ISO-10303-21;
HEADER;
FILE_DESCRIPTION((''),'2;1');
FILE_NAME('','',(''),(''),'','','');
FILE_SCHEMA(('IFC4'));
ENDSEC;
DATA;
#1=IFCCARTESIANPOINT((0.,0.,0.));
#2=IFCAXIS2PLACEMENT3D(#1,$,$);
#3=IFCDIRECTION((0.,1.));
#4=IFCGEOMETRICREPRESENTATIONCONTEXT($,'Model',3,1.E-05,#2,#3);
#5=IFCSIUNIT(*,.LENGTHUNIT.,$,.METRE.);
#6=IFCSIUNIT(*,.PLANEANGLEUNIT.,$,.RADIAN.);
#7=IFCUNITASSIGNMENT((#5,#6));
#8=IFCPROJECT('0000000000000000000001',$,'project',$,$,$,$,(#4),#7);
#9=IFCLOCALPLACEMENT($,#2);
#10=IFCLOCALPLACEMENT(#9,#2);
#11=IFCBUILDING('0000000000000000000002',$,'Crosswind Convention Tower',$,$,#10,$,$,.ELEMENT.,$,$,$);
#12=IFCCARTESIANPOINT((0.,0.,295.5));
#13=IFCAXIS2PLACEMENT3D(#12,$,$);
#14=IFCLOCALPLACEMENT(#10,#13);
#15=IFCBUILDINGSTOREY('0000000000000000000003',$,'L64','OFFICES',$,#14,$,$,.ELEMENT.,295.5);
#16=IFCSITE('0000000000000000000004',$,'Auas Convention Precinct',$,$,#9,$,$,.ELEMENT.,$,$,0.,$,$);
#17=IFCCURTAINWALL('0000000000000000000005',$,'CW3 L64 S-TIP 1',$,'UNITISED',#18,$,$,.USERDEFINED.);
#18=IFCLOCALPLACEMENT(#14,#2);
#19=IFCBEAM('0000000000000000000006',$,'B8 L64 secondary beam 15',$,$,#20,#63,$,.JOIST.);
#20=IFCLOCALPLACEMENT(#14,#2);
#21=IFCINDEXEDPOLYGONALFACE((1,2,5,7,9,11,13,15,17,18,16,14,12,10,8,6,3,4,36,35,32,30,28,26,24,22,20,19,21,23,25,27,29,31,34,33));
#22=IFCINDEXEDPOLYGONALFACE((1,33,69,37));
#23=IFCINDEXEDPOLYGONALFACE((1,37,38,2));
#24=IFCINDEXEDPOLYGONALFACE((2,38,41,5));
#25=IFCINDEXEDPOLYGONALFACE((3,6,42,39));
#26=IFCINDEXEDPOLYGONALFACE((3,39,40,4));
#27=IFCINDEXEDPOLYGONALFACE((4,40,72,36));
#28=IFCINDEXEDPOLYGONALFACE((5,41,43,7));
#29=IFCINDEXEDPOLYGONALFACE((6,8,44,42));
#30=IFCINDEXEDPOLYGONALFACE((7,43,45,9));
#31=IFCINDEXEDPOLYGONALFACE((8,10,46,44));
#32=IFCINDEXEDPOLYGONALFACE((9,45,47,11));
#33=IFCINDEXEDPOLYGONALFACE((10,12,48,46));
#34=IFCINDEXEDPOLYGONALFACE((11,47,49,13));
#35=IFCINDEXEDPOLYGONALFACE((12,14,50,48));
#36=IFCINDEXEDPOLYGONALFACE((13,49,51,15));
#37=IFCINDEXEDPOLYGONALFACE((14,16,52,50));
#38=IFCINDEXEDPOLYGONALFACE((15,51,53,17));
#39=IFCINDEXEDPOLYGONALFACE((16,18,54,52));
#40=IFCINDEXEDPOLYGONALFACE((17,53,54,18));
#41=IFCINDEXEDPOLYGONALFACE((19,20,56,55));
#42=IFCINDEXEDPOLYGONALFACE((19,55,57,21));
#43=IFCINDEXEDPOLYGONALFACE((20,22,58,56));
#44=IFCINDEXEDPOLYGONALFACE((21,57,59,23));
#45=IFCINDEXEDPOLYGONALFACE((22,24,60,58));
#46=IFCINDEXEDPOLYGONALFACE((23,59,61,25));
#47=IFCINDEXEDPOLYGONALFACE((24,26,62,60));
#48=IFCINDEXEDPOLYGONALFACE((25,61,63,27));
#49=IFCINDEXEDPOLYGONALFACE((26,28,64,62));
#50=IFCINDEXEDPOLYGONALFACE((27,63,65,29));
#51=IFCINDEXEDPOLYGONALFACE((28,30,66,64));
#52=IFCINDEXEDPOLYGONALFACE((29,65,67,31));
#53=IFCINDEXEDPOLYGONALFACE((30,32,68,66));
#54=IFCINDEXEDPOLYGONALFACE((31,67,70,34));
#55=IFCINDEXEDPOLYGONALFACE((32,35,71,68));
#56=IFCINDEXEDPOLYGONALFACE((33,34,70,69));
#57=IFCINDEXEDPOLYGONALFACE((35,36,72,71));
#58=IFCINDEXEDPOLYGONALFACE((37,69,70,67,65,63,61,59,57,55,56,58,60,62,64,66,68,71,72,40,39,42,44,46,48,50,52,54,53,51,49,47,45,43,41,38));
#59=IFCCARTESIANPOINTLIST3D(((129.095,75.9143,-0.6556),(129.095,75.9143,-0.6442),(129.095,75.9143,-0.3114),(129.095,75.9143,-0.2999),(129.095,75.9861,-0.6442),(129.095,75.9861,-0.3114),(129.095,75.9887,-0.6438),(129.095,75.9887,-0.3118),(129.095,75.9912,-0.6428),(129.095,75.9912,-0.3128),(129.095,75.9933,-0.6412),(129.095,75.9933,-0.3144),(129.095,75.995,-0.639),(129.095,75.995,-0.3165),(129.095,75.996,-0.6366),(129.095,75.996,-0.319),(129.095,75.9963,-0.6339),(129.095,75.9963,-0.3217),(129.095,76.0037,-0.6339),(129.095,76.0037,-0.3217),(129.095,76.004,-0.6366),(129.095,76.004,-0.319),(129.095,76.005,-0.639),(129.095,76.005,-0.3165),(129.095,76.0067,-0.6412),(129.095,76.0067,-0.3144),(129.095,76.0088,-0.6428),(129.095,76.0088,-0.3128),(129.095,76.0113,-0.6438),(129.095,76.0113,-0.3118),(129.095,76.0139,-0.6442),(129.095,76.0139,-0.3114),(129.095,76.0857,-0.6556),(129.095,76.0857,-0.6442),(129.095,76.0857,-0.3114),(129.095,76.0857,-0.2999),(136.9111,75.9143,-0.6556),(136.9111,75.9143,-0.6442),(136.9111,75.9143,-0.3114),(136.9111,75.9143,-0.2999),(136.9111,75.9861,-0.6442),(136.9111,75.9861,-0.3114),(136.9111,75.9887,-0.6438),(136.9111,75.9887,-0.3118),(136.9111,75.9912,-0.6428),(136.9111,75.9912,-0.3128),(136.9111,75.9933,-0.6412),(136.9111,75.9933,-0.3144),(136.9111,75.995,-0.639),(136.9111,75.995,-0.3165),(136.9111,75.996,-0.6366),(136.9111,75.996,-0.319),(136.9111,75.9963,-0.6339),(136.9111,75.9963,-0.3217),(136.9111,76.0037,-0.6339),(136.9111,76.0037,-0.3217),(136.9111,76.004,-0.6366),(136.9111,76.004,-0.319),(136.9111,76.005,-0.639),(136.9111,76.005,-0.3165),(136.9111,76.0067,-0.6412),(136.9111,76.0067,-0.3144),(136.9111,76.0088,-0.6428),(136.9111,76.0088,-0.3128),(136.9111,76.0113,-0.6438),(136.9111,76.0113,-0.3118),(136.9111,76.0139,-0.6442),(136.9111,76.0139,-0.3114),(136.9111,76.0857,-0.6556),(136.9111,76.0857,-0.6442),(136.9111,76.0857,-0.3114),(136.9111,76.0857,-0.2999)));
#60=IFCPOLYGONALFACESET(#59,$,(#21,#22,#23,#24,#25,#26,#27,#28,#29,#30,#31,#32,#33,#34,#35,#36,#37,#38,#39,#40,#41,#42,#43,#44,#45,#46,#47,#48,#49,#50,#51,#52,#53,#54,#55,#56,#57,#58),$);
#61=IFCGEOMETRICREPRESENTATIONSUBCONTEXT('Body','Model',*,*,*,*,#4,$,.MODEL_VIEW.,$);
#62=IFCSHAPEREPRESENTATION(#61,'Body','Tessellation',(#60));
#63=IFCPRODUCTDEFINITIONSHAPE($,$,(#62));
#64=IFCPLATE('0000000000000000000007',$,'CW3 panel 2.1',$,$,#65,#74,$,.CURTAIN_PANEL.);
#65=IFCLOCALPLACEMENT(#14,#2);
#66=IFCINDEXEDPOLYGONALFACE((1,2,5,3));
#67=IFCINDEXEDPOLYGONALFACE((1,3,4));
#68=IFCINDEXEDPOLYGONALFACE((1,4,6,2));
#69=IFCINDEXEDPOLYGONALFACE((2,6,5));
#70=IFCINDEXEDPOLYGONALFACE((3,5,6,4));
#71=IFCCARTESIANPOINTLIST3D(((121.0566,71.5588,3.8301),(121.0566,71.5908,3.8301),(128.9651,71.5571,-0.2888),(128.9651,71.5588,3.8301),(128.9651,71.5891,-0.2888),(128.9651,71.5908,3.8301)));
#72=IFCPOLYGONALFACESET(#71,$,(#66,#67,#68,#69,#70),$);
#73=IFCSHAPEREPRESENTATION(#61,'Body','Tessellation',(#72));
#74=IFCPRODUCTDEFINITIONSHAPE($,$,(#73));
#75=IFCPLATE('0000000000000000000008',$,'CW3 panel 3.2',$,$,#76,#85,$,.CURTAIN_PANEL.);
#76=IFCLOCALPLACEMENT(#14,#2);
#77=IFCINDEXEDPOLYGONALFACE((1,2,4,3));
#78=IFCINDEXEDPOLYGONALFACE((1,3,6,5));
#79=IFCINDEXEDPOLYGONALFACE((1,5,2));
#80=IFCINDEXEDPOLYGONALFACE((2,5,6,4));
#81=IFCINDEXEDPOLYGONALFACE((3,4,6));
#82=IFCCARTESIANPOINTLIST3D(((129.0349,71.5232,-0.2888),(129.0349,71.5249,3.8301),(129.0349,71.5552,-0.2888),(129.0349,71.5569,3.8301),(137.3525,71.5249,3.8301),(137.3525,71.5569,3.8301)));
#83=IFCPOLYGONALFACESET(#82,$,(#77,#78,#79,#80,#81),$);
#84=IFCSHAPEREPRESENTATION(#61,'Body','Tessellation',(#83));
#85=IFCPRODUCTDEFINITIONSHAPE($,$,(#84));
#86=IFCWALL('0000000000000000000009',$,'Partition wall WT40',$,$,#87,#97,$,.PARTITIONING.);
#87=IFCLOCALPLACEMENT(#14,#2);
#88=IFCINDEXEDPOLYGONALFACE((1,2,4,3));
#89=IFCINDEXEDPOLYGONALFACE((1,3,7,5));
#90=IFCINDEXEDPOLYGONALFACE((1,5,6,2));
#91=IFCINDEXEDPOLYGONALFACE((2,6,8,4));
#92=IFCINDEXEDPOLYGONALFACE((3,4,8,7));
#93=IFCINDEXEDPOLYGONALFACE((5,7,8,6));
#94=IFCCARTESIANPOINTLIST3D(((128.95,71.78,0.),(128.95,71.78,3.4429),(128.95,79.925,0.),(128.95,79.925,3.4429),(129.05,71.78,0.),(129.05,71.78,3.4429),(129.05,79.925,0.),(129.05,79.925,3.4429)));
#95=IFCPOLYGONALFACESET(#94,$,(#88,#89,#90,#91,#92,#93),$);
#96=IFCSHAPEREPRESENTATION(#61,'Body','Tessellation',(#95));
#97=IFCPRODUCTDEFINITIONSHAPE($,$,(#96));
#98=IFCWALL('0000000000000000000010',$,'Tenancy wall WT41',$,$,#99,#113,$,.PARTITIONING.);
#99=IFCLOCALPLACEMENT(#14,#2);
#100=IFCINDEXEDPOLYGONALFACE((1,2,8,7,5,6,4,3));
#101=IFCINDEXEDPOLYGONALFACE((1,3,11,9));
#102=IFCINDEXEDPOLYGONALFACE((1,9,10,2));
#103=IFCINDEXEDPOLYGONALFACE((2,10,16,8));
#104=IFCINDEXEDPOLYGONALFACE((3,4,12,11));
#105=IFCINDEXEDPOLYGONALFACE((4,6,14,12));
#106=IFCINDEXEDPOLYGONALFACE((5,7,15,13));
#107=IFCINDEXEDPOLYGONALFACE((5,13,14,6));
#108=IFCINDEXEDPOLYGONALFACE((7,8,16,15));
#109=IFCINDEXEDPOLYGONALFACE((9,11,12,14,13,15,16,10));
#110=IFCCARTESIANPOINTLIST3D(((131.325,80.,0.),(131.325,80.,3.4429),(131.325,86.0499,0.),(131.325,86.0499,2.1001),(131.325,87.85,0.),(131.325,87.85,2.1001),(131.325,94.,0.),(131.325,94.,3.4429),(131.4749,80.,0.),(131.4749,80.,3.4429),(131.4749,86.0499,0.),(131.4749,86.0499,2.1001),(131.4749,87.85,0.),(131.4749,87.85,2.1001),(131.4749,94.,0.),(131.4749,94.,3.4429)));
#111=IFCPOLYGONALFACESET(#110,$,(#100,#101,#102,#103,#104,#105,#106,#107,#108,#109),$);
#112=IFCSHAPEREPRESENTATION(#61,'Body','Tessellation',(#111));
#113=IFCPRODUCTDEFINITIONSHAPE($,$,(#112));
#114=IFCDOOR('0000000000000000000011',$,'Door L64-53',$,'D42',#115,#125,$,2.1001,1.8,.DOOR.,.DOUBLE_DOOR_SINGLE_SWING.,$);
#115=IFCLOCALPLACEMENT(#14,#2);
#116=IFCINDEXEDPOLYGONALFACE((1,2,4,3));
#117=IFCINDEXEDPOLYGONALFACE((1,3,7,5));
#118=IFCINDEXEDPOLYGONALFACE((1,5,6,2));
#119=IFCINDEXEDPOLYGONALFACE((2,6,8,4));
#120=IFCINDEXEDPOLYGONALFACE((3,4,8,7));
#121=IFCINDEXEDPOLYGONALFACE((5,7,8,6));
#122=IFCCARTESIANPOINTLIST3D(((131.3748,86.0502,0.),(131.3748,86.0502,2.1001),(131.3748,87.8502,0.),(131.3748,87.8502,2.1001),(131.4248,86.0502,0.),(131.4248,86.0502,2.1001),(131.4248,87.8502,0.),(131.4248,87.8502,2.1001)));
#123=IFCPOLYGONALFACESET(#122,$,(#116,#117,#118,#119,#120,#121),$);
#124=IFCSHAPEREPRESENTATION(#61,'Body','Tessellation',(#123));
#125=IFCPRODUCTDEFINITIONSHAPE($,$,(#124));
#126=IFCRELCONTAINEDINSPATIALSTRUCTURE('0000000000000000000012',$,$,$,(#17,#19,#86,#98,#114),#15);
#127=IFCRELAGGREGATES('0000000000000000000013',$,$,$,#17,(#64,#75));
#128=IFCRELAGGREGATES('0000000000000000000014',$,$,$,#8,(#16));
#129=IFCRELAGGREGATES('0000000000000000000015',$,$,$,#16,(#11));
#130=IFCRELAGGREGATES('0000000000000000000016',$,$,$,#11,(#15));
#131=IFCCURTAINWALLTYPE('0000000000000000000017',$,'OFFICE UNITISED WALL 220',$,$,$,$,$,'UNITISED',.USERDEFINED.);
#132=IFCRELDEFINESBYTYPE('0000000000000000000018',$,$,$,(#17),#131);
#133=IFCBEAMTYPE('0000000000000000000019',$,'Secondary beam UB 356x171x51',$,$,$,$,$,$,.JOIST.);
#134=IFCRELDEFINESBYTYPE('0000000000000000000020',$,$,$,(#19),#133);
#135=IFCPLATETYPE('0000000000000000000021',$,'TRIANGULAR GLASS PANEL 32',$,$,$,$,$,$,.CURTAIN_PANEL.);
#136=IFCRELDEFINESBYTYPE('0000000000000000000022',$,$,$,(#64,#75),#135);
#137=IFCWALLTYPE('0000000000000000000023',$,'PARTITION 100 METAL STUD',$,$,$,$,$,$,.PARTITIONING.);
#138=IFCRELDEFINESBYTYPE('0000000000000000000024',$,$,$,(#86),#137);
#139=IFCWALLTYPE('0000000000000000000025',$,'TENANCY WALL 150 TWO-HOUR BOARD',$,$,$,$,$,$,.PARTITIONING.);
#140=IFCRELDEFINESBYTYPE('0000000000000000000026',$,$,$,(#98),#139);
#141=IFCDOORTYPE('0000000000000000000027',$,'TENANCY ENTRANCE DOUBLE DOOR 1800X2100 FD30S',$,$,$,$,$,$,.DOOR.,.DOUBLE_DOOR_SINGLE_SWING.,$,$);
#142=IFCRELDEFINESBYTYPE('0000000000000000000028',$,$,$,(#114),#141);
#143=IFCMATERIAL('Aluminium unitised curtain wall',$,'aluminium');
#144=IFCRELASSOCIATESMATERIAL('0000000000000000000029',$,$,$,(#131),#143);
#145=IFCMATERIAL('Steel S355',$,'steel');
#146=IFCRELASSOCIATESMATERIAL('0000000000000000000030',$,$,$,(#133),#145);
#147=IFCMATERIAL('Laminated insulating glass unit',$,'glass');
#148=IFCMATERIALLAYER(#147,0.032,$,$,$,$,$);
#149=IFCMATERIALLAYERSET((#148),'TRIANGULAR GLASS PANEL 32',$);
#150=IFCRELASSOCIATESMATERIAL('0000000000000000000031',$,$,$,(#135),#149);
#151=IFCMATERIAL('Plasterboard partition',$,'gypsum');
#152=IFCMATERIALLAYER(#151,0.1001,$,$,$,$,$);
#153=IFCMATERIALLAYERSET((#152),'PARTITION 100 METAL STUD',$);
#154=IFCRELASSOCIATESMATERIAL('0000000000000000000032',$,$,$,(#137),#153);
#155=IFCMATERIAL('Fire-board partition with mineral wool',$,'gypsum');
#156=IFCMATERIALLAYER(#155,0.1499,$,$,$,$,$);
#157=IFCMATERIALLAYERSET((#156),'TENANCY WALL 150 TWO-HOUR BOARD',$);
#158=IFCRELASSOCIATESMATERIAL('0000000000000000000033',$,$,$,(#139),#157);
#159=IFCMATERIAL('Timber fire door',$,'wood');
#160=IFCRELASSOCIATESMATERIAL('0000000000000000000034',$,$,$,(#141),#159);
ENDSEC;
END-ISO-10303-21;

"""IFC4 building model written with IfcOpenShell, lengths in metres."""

from ifc_helpers import new_model, si_unit, direction, frame, frame_2d, origin, origin_2d, place, context, subcontext, project, spatial, polyline, rectangle, i_section, outline, extrude, material, layer, layer_set, material_profile, profile_set, type_object, element, fill, aggregate, save


model = new_model("IFC4")

# Units and contexts
model_context = context("Model", 3, precision=1e-05, world=origin(), true_north=direction((0.0, 1.0)))
body_context = subcontext(model_context, "Body", "Model", "MODEL_VIEW")
ifc_project = project(units=[si_unit("LENGTHUNIT", "METRE"), si_unit("PLANEANGLEUNIT", "RADIAN")], contexts=[model_context])

# Site, building, storey
site_placement = place(None, origin())
site = spatial("IfcSite", under=ifc_project, at=site_placement, Name="Auas Convention Precinct", CompositionType="ELEMENT", RefElevation=0.0)
building_placement = place(site_placement, origin())
building = spatial("IfcBuilding", under=site, at=building_placement, Name="Crosswind Convention Tower", CompositionType="ELEMENT")
storey_placement = place(building_placement, frame((0.0, 0.0, 295.5)))
storey = spatial("IfcBuildingStorey", under=building, at=storey_placement, Name="L64", Description="OFFICES", CompositionType="ELEMENT", Elevation=295.5)

# Shared definitions
ifc_material_1 = material(Name="Steel S355", Category="steel")

# Curtain wall
ifc_material_2 = material(Name="Aluminium unitised curtain wall", Category="aluminium")
curtain_wall_type = type_object("IfcCurtainWallType", Name="OFFICE UNITISED WALL 220", ElementType="UNITISED", PredefinedType="USERDEFINED", material=ifc_material_2)
curtain_wall_placement = place(storey_placement, origin())
curtain_wall = element("IfcCurtainWall", 1, at=curtain_wall_placement, inside=storey, type_object=curtain_wall_type, Name="CW3 L64 S-TIP 1", ObjectType="UNITISED", PredefinedType="USERDEFINED")

# Beam
ifc_material_profile_1 = material_profile(ifc_material_1, i_section(OverallWidth=0.1714, OverallDepth=0.3557, WebThickness=0.0073, FlangeThickness=0.0115, FilletRadius=0.0103, at=origin_2d()), Name="UB 356x171x51")
ifc_profile_set_1 = profile_set([ifc_material_profile_1], Name="Steel S355")
beam_type_1 = type_object("IfcBeamType", Name="Secondary beam UB 356x171x51", PredefinedType="JOIST", material=ifc_profile_set_1)
beam_1_placement = place(storey_placement, frame((129.095, 76.0, -0.4778), z_axis=(1.0, 0.0, 0.0), x_axis=(0.0, 1.0, 0.0)))
element("IfcBeam", 2, at=beam_1_placement, inside=storey, type_object=beam_type_1, Name="B8 L64 secondary beam 15", PredefinedType="JOIST", context=body_context, shape_type="SweptSolid", body=[
    extrude(i_section(OverallWidth=0.1714, OverallDepth=0.3557, WebThickness=0.0073, FlangeThickness=0.0115, FilletRadius=0.0103, at=origin_2d()), origin(), (0.0, 0.0, 1.0), 7.8162),
])

# Plates
ifc_material_3 = material(Name="Laminated insulating glass unit", Category="glass")
ifc_layer_1 = layer(ifc_material_3, 0.032)
ifc_layer_set_1 = layer_set([ifc_layer_1], Name="TRIANGULAR GLASS PANEL 32")
plate_type = type_object("IfcPlateType", Name="TRIANGULAR GLASS PANEL 32", PredefinedType="CURTAIN_PANEL", material=ifc_layer_set_1)
plate_1_placement = place(storey_placement, frame((128.9651, 71.5588, 3.8301), z_axis=(0.0, -1.0, 0.000415), x_axis=(-1.0, 0.0, 0.0)))
plate_1 = element("IfcPlate", 3, at=plate_1_placement, type_object=plate_type, Name="CW3 panel 2.1", PredefinedType="CURTAIN_PANEL", context=body_context, shape_type="SweptSolid", body=[
    extrude(outline(polyline([(0.0, 0.0), (7.9084, 0.0), (0.0, 4.1189), (0.0, 0.0)])), origin(), (0.0, 0.0, -1.0), 0.032),
])
plate_2_placement = place(storey_placement, frame((129.0349, 71.5249, 3.8301), z_axis=(0.0, -1.0, 0.000415), x_axis=(0.0, -0.000415, -1.0)))
plate_2 = element("IfcPlate", 4, at=plate_2_placement, type_object=plate_type, Name="CW3 panel 3.2", PredefinedType="CURTAIN_PANEL", context=body_context, shape_type="SweptSolid", body=[
    extrude(outline(polyline([(0.0, 0.0), (4.1189, 0.0), (0.0, 8.3176), (0.0, 0.0)])), origin(), (0.0, 0.0, -1.0), 0.032),
])
aggregate(curtain_wall, [plate_1, plate_2])

# Wall
ifc_material_4 = material(Name="Plasterboard partition", Category="gypsum")
ifc_layer_2 = layer(ifc_material_4, 0.1001)
ifc_layer_set_2 = layer_set([ifc_layer_2], Name="PARTITION 100 METAL STUD")
wall_type_1 = type_object("IfcWallType", Name="PARTITION 100 METAL STUD", PredefinedType="PARTITIONING", material=ifc_layer_set_2)
wall_1_placement = place(storey_placement, frame((129.0, 71.78, 0.0), z_axis=(0.0, 0.0, 1.0), x_axis=(0.0, 1.0, 0.0)))
element("IfcWall", 5, at=wall_1_placement, inside=storey, type_object=wall_type_1, Name="Partition wall WT40", PredefinedType="PARTITIONING", context=body_context, shape_type="SweptSolid", body=[
    extrude(rectangle(XDim=8.145, YDim=0.1001, at=frame_2d((4.0725, 0.0))), origin(), (0.0, 0.0, 1.0), 3.4429),
])

# Wall, opening, door
ifc_material_5 = material(Name="Fire-board partition with mineral wool", Category="gypsum")
ifc_layer_3 = layer(ifc_material_5, 0.1499)
ifc_layer_set_3 = layer_set([ifc_layer_3], Name="TENANCY WALL 150 TWO-HOUR BOARD")
wall_type_2 = type_object("IfcWallType", Name="TENANCY WALL 150 TWO-HOUR BOARD", PredefinedType="PARTITIONING", material=ifc_layer_set_3)
wall_2_placement = place(storey_placement, frame((131.3999, 80.0, 0.0), z_axis=(0.0, 0.0, 1.0), x_axis=(0.0, 1.0, 0.0)))
wall_2 = element("IfcWall", 6, at=wall_2_placement, inside=storey, type_object=wall_type_2, Name="Tenancy wall WT41", PredefinedType="PARTITIONING", context=body_context, shape_type="SweptSolid", body=[
    extrude(rectangle(XDim=14.0, YDim=0.1499, at=frame_2d((7.0, 0.0))), origin(), (0.0, 0.0, 1.0), 3.4429),
])
opening_placement = place(wall_2_placement, frame((6.05, 0.0, 0.0)))
opening = element("IfcOpeningElement", 7, at=opening_placement, cuts=wall_2, PredefinedType="OPENING", context=body_context, shape_type="SweptSolid", body=[
    extrude(rectangle(XDim=1.8, YDim=2.1001, at=frame_2d((0.8999, 1.05))), frame((0.0, 0.085, 0.0), z_axis=(0.0, -1.0, 0.0), x_axis=(1.0, 0.0, 0.0)), (0.0, 0.0, 1.0), 0.1699),
])
ifc_material_6 = material(Name="Timber fire door", Category="wood")
door_type = type_object("IfcDoorType", Name="TENANCY ENTRANCE DOUBLE DOOR 1800X2100 FD30S", OperationType="DOUBLE_DOOR_SINGLE_SWING", PredefinedType="DOOR", material=ifc_material_6)
door_placement = place(opening_placement, frame((1.8, 0.0, 0.0), z_axis=(0.0, 0.0, 1.0), x_axis=(-1.0, 0.0, 0.0)))
door = element("IfcDoor", 8, at=door_placement, inside=storey, type_object=door_type, Name="Door L64-53", ObjectType="D42", OperationType="DOUBLE_DOOR_SINGLE_SWING", OverallHeight=2.1001, OverallWidth=1.8, PredefinedType="DOOR", context=body_context, shape_type="SweptSolid", body=[
    extrude(rectangle(XDim=1.8, YDim=2.1001, at=frame_2d((0.8999, 1.05))), frame((0.0, 0.0249, 0.0), z_axis=(0.0, -1.0, 0.0), x_axis=(1.0, 0.0, 0.0)), (0.0, 0.0, 1.0), 0.05),
])
fill(opening, door)

save(model, "model.ifc")
